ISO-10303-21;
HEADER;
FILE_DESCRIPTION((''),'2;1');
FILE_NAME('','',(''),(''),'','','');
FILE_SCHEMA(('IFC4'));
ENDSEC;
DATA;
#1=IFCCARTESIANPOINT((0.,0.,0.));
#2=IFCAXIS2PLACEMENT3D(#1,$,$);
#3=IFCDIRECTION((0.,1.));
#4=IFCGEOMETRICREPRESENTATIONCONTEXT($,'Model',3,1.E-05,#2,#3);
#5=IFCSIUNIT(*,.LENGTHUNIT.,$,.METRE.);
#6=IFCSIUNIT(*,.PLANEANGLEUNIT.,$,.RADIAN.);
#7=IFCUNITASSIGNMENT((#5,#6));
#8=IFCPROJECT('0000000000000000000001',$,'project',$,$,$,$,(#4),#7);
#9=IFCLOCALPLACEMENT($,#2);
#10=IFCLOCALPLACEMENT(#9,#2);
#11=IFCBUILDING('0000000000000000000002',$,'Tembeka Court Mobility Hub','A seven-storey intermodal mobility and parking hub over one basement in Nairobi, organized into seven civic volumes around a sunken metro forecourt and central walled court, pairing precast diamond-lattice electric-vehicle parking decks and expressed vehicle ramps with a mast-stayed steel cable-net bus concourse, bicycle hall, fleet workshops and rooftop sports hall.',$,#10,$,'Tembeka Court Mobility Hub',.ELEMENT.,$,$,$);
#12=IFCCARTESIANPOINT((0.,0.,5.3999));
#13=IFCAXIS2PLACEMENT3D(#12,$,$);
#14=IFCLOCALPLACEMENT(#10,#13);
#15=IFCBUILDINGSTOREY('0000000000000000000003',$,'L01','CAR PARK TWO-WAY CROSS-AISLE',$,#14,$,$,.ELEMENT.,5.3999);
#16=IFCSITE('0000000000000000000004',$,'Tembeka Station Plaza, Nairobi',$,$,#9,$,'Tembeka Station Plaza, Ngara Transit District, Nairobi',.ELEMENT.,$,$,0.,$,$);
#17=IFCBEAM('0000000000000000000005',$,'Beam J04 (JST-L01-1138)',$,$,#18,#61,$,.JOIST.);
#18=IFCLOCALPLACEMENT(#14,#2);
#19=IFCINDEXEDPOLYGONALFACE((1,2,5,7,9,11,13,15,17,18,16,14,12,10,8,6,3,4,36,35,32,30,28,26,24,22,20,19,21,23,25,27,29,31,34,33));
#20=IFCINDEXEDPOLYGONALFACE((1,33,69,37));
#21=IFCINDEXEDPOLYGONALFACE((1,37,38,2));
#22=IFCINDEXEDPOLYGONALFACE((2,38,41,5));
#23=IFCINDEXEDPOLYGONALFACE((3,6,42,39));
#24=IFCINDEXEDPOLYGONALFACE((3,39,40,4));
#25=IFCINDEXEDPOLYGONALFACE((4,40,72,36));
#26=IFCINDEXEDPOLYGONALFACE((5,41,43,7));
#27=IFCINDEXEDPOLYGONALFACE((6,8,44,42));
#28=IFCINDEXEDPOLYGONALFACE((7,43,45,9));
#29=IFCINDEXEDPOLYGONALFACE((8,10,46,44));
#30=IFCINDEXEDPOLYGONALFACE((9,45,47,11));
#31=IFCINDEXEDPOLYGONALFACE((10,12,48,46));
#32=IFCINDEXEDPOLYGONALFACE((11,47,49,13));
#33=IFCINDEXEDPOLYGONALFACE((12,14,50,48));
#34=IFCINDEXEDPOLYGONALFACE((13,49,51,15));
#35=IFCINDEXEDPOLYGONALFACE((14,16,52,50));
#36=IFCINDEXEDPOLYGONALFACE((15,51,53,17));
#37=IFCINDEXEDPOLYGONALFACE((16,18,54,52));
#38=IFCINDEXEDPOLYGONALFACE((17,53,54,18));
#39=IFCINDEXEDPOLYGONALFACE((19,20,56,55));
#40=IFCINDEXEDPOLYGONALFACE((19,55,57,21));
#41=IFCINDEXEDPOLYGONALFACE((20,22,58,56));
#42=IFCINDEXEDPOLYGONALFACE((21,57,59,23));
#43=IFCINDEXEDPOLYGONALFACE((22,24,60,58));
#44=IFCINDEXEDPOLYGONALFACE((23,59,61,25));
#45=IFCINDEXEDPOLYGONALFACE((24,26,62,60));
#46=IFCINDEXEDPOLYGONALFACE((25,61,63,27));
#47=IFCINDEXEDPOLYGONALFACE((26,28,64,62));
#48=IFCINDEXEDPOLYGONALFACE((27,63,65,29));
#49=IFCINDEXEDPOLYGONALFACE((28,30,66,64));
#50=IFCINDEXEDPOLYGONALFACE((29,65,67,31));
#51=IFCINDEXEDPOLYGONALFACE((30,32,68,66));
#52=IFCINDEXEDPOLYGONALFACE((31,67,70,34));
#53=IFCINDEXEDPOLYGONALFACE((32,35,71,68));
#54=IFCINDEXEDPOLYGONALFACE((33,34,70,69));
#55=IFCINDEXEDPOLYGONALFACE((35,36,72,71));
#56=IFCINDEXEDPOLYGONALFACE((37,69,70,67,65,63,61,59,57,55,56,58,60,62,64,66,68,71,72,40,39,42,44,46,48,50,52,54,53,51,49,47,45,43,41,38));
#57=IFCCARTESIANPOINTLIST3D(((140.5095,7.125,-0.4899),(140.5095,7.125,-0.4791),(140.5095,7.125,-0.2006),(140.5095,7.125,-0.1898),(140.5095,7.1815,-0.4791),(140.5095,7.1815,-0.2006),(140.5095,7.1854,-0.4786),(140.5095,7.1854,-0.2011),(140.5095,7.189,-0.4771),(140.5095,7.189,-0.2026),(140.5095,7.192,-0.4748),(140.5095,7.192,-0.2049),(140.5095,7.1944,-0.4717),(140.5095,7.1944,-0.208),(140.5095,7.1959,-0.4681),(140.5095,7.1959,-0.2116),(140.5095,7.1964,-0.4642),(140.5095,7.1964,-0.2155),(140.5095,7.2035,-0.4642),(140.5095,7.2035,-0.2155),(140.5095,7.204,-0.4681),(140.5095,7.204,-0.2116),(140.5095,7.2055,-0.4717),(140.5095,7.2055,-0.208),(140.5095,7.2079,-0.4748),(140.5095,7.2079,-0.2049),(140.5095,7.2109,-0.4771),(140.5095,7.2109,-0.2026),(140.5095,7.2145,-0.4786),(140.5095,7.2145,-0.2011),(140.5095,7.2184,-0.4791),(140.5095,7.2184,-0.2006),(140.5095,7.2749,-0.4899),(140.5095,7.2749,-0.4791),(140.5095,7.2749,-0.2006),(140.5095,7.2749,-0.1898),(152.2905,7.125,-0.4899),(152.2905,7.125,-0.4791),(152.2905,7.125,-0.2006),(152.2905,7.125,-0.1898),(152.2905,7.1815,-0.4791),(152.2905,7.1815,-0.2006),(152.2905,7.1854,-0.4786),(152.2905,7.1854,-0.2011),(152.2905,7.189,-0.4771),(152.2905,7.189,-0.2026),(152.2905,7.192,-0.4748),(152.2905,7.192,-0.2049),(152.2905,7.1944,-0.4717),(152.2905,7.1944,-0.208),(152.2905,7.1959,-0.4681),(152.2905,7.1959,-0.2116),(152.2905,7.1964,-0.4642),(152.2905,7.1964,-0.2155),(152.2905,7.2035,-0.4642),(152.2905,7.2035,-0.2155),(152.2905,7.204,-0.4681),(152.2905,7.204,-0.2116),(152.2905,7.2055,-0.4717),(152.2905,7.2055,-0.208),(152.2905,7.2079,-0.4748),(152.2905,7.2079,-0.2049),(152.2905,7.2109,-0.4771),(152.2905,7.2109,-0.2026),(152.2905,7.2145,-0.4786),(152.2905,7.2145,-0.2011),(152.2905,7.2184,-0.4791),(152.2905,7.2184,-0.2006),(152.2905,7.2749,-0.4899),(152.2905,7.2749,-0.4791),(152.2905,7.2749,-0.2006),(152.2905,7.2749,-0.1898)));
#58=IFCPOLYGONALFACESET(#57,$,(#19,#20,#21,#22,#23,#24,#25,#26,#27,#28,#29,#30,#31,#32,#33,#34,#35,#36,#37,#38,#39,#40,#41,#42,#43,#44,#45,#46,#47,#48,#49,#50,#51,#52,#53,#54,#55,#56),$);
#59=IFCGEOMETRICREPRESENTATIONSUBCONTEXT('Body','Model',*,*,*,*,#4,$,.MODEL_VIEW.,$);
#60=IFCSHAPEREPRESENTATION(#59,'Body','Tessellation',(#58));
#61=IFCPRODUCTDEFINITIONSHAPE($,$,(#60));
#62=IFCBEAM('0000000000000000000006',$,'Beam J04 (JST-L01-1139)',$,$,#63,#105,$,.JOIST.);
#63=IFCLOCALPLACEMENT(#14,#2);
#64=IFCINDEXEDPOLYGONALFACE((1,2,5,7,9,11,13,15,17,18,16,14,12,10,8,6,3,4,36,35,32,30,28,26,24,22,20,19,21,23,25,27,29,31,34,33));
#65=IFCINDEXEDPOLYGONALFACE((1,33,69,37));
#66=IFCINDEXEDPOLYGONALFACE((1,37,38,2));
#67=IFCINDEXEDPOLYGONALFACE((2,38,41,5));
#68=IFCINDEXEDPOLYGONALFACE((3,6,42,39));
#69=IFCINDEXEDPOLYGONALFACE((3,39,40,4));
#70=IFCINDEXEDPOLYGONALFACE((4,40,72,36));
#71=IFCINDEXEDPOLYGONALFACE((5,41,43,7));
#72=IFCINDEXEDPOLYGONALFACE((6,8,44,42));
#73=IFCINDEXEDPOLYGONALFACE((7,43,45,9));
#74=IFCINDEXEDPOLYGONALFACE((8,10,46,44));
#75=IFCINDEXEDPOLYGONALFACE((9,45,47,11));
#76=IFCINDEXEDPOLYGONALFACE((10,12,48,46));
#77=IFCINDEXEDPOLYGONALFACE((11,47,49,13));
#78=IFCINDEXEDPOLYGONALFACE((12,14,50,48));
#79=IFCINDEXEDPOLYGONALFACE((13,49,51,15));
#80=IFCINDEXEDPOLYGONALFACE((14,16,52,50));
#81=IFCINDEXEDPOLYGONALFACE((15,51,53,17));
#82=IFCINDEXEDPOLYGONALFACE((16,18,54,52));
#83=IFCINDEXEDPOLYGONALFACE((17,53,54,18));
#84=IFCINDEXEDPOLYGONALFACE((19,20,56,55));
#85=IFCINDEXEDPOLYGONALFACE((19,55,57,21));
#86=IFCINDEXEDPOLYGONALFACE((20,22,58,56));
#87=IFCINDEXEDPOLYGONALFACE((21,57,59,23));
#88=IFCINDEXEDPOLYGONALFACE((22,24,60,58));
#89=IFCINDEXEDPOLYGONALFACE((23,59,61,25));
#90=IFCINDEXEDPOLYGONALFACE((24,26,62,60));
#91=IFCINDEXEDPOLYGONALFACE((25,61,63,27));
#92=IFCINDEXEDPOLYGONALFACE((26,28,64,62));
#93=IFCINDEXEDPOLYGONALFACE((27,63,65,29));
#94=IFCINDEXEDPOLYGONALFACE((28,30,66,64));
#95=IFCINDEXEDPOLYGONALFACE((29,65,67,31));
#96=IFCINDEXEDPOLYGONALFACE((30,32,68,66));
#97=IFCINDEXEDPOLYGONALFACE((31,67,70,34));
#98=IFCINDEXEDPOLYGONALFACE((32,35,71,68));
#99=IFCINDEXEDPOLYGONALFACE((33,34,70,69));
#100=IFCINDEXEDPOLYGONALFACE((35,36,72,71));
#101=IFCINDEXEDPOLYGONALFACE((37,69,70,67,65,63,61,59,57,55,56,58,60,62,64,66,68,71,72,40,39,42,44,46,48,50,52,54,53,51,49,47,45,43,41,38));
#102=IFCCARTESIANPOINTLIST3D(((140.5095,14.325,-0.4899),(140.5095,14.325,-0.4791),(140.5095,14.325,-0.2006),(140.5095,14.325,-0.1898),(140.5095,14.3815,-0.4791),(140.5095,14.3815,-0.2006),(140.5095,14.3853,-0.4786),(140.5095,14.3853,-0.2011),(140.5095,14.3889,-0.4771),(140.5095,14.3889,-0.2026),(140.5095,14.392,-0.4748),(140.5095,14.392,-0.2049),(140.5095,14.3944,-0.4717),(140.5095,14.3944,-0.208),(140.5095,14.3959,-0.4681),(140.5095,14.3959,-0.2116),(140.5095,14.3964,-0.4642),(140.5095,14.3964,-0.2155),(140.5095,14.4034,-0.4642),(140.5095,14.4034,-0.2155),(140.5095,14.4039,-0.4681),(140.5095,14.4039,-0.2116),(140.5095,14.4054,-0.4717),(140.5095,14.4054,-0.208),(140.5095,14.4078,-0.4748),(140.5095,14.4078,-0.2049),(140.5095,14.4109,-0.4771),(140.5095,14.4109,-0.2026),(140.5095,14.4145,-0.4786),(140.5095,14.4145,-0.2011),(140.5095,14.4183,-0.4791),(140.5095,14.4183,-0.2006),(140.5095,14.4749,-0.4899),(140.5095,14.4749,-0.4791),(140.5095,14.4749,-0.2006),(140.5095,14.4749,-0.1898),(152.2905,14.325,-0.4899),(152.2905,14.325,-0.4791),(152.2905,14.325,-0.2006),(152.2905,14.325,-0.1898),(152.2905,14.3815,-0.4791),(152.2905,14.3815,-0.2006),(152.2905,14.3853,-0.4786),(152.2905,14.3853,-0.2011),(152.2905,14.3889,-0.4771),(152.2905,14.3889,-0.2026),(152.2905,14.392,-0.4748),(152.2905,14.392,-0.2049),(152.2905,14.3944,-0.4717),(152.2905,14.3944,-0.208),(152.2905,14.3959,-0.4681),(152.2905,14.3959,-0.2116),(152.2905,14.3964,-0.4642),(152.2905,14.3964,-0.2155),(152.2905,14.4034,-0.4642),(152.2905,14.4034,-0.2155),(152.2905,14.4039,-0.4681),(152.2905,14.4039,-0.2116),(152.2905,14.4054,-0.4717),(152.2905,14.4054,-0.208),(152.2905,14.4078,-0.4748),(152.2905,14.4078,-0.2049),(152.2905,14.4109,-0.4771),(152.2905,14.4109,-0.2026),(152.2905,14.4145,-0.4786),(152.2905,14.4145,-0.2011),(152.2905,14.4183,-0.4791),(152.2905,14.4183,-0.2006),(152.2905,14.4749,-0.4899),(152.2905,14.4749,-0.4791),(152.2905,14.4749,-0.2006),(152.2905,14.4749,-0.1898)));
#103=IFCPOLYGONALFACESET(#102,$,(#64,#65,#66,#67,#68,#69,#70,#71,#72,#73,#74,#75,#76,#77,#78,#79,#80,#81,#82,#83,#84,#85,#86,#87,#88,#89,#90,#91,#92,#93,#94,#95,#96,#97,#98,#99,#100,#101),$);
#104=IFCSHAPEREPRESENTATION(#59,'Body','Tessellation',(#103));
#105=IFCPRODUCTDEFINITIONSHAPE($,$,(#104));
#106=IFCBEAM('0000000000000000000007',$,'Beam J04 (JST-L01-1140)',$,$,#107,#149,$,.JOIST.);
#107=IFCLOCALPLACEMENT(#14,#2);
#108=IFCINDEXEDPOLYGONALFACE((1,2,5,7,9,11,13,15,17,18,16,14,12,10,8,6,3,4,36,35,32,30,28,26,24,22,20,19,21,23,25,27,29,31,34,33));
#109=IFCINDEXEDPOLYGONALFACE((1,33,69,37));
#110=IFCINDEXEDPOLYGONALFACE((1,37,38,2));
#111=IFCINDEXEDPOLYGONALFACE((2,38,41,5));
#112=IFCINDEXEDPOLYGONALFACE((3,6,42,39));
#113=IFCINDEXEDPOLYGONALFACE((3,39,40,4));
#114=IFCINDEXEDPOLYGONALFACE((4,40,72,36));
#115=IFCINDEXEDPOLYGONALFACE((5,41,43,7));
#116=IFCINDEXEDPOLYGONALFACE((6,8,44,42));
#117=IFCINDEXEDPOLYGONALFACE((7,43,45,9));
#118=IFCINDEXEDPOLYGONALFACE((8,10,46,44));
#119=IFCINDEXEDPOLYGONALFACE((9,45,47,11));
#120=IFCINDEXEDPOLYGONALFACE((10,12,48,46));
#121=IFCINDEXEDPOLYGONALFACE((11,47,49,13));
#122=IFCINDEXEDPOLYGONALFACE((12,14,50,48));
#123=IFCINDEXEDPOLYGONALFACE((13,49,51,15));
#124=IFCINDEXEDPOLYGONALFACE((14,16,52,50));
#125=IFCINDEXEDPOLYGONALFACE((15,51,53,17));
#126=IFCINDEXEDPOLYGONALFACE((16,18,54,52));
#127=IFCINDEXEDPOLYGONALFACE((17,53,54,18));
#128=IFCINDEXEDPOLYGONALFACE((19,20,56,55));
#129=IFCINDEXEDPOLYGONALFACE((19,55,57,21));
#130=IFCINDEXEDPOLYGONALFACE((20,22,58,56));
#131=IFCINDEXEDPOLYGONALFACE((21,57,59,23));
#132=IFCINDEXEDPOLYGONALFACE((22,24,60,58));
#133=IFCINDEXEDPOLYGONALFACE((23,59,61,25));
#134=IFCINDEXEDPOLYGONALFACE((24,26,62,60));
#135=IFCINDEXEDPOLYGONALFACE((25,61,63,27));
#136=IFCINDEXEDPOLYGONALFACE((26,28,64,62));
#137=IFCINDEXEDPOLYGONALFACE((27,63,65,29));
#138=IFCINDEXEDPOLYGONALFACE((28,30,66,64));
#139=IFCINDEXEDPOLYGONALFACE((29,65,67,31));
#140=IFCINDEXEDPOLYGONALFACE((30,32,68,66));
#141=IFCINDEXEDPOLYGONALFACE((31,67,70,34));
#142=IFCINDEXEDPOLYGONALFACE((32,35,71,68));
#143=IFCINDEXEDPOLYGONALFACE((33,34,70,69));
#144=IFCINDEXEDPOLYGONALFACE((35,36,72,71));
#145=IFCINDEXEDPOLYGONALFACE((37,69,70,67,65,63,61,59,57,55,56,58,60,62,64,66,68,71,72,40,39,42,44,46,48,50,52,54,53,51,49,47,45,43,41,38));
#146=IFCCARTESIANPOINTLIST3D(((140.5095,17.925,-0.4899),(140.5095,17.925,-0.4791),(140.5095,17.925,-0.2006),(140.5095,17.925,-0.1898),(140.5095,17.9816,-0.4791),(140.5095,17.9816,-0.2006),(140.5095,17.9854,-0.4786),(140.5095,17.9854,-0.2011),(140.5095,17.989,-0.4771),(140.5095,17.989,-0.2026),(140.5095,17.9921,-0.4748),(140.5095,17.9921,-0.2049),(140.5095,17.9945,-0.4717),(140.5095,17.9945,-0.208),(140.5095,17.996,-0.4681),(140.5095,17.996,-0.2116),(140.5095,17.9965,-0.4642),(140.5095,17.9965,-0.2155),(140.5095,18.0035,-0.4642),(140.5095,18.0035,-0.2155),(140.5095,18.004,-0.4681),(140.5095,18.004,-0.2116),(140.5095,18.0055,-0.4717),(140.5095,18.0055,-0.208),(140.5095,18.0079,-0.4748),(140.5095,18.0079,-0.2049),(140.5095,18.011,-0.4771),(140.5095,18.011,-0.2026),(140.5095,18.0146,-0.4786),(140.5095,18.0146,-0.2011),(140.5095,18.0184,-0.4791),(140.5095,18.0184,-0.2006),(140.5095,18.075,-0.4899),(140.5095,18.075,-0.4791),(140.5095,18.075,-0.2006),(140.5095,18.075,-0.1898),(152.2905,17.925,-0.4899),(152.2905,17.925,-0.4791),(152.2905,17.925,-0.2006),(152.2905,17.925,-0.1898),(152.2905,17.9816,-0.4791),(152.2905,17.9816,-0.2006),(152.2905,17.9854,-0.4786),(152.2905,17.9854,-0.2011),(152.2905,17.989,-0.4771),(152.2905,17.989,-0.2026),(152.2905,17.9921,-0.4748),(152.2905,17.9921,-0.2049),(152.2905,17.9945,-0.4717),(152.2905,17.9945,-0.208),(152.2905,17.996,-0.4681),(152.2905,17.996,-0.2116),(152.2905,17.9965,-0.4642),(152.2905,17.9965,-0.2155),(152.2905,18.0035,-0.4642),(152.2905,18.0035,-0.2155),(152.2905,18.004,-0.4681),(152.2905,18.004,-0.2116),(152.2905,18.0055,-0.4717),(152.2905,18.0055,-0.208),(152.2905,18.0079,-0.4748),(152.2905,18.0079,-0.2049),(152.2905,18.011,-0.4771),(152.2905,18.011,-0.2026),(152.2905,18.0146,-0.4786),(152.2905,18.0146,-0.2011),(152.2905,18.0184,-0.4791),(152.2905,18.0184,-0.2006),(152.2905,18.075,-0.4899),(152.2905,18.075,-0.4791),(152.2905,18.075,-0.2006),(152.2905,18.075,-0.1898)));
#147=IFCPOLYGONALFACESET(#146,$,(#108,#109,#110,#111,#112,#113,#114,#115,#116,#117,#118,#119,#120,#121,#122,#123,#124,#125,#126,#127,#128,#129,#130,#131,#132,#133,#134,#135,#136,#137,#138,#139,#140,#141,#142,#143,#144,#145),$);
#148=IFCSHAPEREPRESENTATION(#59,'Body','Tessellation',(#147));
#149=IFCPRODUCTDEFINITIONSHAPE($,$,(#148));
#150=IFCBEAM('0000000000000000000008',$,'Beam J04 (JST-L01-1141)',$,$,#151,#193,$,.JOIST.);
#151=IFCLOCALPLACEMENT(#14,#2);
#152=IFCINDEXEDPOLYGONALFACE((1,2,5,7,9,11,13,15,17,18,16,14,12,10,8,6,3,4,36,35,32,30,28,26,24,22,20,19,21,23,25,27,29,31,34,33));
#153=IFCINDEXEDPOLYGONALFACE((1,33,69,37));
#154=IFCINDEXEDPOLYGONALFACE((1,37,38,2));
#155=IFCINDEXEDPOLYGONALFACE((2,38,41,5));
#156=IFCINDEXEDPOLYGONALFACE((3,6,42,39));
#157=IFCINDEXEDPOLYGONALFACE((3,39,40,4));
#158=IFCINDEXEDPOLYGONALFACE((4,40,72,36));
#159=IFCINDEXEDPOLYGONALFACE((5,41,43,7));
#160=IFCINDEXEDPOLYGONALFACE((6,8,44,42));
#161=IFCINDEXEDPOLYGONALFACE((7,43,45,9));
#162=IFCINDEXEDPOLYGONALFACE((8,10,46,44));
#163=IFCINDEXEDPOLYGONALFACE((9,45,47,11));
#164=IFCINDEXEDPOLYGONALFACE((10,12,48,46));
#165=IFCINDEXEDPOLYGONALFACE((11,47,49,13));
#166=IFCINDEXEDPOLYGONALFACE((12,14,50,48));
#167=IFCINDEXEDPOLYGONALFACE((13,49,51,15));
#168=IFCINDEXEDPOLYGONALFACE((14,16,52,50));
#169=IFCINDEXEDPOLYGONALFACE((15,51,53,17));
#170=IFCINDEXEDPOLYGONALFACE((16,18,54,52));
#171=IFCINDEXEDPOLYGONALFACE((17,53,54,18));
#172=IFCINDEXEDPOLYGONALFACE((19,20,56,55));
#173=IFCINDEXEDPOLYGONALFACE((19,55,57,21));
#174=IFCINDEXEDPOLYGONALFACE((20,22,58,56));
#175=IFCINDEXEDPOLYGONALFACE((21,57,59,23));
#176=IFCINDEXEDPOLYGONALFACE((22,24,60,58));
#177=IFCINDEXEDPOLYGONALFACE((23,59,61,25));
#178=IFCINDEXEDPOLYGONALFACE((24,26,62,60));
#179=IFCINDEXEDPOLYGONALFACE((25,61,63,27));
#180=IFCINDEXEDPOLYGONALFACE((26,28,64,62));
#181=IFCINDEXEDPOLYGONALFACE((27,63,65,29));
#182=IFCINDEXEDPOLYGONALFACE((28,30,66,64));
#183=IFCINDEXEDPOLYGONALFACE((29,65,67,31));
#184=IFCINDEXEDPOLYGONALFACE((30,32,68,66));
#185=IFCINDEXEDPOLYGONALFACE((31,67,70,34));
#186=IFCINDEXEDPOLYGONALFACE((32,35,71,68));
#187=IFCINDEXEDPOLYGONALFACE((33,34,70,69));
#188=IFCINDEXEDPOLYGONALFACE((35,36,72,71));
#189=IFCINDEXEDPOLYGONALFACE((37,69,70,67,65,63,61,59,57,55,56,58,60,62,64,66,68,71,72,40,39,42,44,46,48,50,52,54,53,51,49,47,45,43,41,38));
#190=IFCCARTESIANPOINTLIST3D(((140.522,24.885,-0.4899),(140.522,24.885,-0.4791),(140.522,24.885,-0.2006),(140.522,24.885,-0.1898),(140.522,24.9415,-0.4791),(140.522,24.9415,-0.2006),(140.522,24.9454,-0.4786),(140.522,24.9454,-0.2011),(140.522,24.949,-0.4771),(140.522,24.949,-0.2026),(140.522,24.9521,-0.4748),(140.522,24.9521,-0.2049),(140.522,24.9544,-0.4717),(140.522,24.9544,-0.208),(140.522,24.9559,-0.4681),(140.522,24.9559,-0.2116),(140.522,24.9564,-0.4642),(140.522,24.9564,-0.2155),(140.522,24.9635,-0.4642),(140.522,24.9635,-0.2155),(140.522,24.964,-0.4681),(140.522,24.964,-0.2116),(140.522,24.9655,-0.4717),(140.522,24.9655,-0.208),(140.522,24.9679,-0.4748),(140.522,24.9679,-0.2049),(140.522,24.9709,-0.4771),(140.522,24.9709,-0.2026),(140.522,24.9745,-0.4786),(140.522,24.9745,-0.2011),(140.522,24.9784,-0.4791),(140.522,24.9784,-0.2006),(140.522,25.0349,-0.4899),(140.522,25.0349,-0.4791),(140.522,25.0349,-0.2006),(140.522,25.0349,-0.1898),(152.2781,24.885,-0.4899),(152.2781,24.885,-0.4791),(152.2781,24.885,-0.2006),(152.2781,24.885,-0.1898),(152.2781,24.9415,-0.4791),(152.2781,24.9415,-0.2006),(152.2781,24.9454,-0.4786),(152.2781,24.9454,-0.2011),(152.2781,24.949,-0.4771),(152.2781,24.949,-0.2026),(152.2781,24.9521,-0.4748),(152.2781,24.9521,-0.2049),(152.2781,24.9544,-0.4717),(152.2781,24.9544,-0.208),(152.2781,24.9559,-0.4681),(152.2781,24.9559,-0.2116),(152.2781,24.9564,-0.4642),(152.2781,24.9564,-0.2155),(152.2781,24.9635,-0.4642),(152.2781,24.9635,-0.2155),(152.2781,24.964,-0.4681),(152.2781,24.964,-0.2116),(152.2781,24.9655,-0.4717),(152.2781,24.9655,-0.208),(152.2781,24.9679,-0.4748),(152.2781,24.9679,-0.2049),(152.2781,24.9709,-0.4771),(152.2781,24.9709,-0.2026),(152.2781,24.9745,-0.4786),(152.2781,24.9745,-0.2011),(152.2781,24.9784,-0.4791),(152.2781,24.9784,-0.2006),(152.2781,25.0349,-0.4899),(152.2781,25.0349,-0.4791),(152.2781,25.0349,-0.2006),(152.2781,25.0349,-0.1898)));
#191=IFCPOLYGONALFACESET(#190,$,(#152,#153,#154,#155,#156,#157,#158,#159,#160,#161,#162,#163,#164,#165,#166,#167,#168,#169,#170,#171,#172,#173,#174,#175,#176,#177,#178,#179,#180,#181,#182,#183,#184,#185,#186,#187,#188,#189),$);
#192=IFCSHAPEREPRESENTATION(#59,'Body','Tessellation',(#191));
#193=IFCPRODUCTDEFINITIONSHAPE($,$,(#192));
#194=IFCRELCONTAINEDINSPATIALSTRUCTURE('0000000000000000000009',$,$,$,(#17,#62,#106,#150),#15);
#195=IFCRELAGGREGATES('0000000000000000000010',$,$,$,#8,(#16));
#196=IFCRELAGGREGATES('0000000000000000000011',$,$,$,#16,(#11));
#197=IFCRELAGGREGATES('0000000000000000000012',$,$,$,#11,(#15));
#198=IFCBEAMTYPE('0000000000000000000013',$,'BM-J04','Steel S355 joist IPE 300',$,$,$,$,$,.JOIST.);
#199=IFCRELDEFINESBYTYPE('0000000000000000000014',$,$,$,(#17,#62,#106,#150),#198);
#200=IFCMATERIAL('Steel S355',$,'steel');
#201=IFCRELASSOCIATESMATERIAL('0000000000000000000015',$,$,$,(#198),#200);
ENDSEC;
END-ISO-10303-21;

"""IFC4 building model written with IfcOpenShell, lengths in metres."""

from ifc_helpers import new_model, si_unit, direction, frame, origin, origin_2d, place, context, subcontext, project, spatial, i_section, extrude, material, material_profile, profile_set, type_object, element, save


model = new_model("IFC4")

# Units and contexts
model_context = context("Model", 3, precision=1e-05, world=origin(), true_north=direction((0.0, 1.0)))
body_context = subcontext(model_context, "Body", "Model", "MODEL_VIEW")
ifc_project = project(units=[si_unit("LENGTHUNIT", "METRE"), si_unit("PLANEANGLEUNIT", "RADIAN")], contexts=[model_context])

# Site, building, storey
site_placement = place(None, origin())
site = spatial("IfcSite", under=ifc_project, at=site_placement, Name="Tembeka Station Plaza, Nairobi", LongName="Tembeka Station Plaza, Ngara Transit District, Nairobi", CompositionType="ELEMENT", RefElevation=0.0)
building_placement = place(site_placement, origin())
building = spatial("IfcBuilding", under=site, at=building_placement, Name="Tembeka Court Mobility Hub", Description="A seven-storey intermodal mobility and parking hub over one basement in Nairobi, organized into seven civic volumes around a sunken metro forecourt and central walled court, pairing precast diamond-lattice electric-vehicle parking decks and expressed vehicle ramps with a mast-stayed steel cable-net bus concourse, bicycle hall, fleet workshops and rooftop sports hall.", LongName="Tembeka Court Mobility Hub", CompositionType="ELEMENT")
storey_placement = place(building_placement, frame((0.0, 0.0, 5.3999)))
storey = spatial("IfcBuildingStorey", under=building, at=storey_placement, Name="L01", Description="CAR PARK TWO-WAY CROSS-AISLE", CompositionType="ELEMENT", Elevation=5.3999)

# Shared definitions
ifc_material_1 = material(Name="Steel S355", Category="steel")

# Beams
ifc_material_profile_1 = material_profile(ifc_material_1, i_section(OverallWidth=0.1499, OverallDepth=0.3, WebThickness=0.0071, FlangeThickness=0.0107, FilletRadius=0.0149, at=origin_2d()), Name="IPE 300")
ifc_profile_set_1 = profile_set([ifc_material_profile_1], Name="Steel S355")
beam_type_1 = type_object("IfcBeamType", Name="BM-J04", Description="Steel S355 joist IPE 300", PredefinedType="JOIST", material=ifc_profile_set_1)
for number, where, z_axis, x_axis, name in (
    (1, (140.5095, 7.2, -0.3398), (1.0, 0.0, 0.0), (0.0, 1.0, 0.0), "Beam J04 (JST-L01-1138)"),
    (2, (140.5095, 14.3999, -0.3398), (1.0, 0.0, 0.0), (0.0, 1.0, 0.0), "Beam J04 (JST-L01-1139)"),
    (3, (140.5095, 18.0, -0.3398), (1.0, 0.0, 0.0), (0.0, 1.0, 0.0), "Beam J04 (JST-L01-1140)"),
):
    element("IfcBeam", number, at=place(storey_placement, frame(where, z_axis=z_axis, x_axis=x_axis)), inside=storey, type_object=beam_type_1, Name=name, PredefinedType="JOIST", context=body_context, shape_type="SweptSolid", body=[
        extrude(i_section(OverallWidth=0.1499, OverallDepth=0.3, WebThickness=0.0071, FlangeThickness=0.0107, FilletRadius=0.0149, at=origin_2d()), origin(), (0.0, 0.0, 1.0), 11.781),
    ])
for number, where, z_axis, x_axis, name in (
    (4, (140.522, 24.96, -0.3398), (1.0, 0.0, 0.0), (0.0, 1.0, 0.0), "Beam J04 (JST-L01-1141)"),
):
    element("IfcBeam", number, at=place(storey_placement, frame(where, z_axis=z_axis, x_axis=x_axis)), inside=storey, type_object=beam_type_1, Name=name, PredefinedType="JOIST", context=body_context, shape_type="SweptSolid", body=[
        extrude(i_section(OverallWidth=0.1499, OverallDepth=0.3, WebThickness=0.0071, FlangeThickness=0.0107, FilletRadius=0.0149, at=origin_2d()), origin(), (0.0, 0.0, 1.0), 11.7561),
    ])

save(model, "model.ifc")
